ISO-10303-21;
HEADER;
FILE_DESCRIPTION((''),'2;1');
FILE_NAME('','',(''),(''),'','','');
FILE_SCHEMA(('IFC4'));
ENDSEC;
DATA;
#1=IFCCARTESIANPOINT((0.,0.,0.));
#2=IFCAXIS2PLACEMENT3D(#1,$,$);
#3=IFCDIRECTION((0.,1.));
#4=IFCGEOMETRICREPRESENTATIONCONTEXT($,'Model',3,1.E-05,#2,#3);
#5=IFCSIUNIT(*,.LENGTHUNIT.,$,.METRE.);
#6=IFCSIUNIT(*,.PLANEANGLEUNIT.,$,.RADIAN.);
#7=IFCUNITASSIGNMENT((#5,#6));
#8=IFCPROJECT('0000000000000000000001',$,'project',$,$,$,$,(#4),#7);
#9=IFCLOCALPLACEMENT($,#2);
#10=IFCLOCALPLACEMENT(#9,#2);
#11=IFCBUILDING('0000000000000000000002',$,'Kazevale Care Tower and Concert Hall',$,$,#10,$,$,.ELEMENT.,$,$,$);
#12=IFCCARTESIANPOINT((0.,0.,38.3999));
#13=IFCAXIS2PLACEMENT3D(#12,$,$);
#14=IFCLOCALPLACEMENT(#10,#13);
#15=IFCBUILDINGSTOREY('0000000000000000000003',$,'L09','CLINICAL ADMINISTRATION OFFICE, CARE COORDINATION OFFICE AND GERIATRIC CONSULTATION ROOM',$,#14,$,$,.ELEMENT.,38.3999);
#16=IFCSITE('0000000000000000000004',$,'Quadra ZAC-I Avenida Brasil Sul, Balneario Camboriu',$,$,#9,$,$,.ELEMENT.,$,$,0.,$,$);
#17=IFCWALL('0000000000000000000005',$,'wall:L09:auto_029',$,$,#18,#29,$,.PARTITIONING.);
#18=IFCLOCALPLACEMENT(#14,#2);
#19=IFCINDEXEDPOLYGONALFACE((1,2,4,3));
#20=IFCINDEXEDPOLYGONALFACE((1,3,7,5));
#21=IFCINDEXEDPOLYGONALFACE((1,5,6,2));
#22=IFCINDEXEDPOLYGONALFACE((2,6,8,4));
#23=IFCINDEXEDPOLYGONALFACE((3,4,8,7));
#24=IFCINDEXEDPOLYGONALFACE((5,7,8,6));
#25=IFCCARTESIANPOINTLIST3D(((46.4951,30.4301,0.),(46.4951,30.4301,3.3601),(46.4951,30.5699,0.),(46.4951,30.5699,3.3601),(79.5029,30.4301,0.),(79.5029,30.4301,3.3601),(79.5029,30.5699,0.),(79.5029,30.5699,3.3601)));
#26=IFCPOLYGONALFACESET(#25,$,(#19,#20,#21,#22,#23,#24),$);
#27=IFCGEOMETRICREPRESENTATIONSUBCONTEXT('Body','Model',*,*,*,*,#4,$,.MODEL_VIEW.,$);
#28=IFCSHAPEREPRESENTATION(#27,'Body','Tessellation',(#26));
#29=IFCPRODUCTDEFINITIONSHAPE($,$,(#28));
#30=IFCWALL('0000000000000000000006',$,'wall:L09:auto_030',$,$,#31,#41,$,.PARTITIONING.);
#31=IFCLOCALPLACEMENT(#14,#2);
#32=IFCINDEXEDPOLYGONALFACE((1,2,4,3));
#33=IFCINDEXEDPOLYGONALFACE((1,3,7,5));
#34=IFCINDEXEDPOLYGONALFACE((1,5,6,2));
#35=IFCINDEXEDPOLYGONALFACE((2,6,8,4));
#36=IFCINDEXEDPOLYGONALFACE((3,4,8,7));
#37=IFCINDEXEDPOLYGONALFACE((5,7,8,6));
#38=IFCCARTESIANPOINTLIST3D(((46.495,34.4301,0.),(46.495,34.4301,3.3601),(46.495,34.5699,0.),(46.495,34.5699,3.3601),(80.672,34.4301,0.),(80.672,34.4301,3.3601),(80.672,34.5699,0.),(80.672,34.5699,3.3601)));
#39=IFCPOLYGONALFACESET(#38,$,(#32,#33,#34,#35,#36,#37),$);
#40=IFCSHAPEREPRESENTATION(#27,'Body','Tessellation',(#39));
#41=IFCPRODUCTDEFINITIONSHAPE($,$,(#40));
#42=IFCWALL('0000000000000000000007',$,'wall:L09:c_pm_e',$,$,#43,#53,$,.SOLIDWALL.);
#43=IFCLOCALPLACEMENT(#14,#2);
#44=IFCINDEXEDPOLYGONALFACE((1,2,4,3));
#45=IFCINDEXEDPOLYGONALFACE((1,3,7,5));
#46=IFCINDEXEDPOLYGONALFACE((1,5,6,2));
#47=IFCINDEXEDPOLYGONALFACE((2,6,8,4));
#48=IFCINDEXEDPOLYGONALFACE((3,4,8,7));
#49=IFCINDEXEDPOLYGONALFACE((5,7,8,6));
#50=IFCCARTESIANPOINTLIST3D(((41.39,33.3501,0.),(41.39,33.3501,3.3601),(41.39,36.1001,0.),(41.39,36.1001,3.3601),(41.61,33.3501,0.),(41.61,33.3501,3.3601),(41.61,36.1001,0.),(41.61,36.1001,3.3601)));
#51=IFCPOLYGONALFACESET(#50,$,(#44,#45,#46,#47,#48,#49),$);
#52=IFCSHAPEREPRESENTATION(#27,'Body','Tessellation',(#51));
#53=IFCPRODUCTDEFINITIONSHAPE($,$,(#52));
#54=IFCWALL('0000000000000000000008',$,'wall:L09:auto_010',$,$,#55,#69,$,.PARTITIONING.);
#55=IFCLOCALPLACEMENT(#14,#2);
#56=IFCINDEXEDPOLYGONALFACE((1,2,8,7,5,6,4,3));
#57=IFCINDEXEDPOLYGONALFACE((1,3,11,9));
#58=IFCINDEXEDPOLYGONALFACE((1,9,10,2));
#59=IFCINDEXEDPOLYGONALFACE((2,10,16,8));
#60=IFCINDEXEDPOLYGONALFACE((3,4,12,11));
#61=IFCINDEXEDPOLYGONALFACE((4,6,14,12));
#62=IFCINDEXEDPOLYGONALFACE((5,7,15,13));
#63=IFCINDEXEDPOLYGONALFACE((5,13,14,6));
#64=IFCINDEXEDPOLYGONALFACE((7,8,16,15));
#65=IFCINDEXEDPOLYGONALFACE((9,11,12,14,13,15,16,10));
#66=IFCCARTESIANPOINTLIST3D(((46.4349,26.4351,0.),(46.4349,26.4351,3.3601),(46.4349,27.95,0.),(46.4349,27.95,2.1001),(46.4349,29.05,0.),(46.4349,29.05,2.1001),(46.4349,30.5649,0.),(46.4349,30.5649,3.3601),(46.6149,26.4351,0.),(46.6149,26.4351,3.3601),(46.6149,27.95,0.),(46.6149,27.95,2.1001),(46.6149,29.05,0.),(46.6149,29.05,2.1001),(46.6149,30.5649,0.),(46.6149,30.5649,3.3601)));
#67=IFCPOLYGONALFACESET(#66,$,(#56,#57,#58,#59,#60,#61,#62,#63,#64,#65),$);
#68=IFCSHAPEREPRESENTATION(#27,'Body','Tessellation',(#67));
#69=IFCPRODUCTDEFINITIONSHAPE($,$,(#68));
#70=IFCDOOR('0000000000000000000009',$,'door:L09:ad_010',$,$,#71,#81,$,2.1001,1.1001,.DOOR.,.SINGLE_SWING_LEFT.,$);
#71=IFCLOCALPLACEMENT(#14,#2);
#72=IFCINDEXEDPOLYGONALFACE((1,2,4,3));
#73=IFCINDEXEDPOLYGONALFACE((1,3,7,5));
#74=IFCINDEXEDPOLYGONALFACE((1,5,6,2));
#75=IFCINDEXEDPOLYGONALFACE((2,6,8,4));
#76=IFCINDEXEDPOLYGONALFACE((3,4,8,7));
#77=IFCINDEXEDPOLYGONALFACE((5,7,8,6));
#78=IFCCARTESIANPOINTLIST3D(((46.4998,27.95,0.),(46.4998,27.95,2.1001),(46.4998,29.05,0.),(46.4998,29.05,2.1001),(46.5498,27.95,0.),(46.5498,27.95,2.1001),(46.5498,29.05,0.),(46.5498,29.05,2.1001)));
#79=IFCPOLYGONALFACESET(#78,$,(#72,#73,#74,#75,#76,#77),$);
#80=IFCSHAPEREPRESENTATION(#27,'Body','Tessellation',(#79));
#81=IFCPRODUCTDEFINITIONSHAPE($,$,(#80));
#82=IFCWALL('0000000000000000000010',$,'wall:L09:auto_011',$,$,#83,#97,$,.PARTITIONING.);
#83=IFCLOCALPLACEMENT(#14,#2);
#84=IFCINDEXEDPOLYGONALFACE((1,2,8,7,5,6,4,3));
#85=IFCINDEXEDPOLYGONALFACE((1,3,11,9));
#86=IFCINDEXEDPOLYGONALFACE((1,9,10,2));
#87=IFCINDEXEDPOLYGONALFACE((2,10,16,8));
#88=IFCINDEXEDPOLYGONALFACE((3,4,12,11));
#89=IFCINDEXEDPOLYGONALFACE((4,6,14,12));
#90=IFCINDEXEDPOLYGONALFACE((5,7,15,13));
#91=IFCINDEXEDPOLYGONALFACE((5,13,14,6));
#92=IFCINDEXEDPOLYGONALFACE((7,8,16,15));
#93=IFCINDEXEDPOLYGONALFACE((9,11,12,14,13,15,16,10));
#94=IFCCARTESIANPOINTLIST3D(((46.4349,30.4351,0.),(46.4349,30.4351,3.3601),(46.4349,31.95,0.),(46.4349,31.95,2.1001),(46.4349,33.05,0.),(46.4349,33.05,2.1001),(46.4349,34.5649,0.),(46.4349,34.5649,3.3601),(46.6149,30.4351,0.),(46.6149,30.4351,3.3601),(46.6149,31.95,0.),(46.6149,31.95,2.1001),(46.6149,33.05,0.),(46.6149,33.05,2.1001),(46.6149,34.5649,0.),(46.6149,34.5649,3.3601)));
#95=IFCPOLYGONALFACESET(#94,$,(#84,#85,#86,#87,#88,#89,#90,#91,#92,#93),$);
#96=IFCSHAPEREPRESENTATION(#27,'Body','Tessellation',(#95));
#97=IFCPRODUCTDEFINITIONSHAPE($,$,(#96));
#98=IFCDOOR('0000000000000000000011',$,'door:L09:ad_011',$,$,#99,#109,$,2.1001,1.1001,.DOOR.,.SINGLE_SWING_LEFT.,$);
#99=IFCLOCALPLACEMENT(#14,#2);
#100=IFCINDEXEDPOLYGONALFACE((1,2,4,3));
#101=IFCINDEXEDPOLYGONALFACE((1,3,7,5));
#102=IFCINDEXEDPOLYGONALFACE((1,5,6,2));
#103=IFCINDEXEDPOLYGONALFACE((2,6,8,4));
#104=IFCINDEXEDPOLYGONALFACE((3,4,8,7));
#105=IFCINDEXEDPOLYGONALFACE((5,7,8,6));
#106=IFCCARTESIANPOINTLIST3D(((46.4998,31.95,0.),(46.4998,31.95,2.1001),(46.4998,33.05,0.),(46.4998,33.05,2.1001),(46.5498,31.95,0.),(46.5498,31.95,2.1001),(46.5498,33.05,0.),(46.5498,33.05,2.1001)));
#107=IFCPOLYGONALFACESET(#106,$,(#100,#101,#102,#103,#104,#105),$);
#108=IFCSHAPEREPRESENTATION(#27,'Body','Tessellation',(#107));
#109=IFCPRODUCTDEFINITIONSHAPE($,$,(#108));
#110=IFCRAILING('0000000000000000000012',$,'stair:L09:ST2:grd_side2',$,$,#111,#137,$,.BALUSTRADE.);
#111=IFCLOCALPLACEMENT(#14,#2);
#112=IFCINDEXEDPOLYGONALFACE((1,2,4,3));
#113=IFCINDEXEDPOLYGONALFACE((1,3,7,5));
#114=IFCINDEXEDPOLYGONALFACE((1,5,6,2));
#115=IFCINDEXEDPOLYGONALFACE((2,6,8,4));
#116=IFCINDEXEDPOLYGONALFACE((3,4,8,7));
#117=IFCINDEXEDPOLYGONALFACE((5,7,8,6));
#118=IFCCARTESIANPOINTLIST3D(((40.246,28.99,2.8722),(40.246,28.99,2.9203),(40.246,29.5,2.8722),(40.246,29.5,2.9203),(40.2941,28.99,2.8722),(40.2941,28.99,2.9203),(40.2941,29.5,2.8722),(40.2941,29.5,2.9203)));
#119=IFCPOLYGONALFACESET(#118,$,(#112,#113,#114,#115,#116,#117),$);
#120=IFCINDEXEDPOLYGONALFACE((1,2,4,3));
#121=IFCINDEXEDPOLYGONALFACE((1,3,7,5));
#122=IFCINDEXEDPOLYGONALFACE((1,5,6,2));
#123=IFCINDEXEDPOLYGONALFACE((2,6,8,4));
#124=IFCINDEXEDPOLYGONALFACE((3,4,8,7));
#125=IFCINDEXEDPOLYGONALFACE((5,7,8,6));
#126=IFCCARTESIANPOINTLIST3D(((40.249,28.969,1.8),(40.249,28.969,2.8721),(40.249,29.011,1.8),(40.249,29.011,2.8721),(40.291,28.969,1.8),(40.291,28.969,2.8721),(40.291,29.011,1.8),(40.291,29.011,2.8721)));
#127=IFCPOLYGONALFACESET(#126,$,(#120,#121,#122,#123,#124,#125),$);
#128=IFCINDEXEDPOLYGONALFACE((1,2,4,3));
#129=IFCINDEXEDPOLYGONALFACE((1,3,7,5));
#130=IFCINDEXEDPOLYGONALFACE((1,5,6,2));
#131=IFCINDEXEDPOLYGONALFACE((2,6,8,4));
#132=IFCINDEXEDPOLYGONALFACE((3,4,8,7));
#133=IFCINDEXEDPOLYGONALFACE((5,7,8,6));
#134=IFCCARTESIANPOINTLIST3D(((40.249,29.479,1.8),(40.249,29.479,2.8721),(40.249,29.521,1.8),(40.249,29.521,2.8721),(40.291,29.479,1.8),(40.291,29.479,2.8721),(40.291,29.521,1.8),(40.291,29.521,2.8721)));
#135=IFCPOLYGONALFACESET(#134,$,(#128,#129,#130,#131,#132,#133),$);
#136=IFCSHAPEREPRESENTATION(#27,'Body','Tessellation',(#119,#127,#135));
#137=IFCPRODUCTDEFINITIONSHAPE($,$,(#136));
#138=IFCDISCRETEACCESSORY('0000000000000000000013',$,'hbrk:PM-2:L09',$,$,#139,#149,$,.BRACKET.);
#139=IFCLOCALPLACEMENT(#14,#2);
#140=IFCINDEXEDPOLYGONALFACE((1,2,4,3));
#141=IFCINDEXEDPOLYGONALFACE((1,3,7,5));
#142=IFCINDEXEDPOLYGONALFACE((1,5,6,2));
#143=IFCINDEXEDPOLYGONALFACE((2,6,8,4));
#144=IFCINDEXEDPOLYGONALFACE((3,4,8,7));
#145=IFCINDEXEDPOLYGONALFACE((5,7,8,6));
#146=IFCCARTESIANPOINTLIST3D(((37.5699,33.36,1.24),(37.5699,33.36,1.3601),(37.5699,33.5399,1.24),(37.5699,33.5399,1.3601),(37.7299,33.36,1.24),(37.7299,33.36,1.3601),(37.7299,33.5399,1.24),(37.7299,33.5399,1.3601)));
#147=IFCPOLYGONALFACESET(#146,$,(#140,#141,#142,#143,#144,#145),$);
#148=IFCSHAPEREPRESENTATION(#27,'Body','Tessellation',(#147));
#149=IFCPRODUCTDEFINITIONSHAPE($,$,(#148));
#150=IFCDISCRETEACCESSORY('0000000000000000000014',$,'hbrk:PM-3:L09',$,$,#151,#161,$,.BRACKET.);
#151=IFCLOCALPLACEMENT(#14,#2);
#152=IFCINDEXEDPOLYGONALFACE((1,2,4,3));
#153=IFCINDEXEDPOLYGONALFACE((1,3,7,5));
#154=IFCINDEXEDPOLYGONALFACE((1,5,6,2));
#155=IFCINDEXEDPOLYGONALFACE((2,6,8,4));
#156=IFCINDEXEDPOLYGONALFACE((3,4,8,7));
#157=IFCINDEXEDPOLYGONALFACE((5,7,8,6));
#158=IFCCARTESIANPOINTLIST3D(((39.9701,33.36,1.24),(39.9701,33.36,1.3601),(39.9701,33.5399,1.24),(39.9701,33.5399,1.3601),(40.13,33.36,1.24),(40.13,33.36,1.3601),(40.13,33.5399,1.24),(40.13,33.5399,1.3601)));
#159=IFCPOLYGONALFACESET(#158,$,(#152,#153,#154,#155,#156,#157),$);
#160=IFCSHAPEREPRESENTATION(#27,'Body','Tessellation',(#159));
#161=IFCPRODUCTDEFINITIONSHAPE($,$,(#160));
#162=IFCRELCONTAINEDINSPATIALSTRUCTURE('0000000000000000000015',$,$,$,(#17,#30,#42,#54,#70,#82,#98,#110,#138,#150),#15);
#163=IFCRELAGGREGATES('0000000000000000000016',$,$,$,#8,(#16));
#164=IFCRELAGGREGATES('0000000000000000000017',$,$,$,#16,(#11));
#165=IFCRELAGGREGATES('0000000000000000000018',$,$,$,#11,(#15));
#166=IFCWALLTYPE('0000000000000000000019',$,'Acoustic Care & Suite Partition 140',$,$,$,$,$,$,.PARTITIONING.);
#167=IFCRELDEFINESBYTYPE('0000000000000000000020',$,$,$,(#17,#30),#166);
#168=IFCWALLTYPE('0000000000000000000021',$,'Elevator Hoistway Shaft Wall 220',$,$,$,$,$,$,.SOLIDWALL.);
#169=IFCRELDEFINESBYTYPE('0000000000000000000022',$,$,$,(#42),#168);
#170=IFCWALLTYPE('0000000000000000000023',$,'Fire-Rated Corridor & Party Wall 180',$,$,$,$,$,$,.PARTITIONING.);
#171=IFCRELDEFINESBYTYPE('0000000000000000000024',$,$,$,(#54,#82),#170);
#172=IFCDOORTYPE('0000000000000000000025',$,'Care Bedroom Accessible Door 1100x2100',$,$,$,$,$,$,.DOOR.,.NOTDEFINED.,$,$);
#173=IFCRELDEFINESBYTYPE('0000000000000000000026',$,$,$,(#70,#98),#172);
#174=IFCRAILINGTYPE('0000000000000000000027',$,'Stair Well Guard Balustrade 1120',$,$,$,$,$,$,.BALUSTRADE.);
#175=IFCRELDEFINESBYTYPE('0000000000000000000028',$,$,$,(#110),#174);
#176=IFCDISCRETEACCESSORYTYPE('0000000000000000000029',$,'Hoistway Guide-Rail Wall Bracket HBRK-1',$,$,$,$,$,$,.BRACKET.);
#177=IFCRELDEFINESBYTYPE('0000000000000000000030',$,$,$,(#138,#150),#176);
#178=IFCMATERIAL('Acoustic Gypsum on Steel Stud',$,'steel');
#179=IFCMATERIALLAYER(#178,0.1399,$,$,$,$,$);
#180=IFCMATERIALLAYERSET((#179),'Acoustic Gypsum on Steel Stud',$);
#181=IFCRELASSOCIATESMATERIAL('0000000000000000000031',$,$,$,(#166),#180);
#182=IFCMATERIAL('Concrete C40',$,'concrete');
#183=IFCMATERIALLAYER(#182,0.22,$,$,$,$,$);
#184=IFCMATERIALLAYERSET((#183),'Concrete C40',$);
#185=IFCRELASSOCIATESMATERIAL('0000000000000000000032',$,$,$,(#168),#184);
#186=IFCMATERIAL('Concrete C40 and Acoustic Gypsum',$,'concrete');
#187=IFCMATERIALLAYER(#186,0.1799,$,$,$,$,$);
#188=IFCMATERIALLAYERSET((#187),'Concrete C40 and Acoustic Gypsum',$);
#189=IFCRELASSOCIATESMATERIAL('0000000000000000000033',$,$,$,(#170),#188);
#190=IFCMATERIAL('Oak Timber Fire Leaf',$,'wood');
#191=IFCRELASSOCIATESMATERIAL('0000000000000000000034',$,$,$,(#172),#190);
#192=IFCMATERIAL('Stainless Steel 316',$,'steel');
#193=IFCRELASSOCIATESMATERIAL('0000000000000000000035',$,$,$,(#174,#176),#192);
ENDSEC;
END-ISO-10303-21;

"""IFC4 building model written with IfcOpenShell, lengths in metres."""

from ifc_helpers import new_model, si_unit, direction, frame, frame_2d, origin, origin_2d, place, context, subcontext, project, spatial, rectangle, extrude, material, layer, layer_set, type_object, element, fill, save


model = new_model("IFC4")

# Units and contexts
model_context = context("Model", 3, precision=1e-05, world=origin(), true_north=direction((0.0, 1.0)))
body_context = subcontext(model_context, "Body", "Model", "MODEL_VIEW")
ifc_project = project(units=[si_unit("LENGTHUNIT", "METRE"), si_unit("PLANEANGLEUNIT", "RADIAN")], contexts=[model_context])

# Site, building, storey
site_placement = place(None, origin())
site = spatial("IfcSite", under=ifc_project, at=site_placement, Name="Quadra ZAC-I Avenida Brasil Sul, Balneario Camboriu", CompositionType="ELEMENT", RefElevation=0.0)
building_placement = place(site_placement, origin())
building = spatial("IfcBuilding", under=site, at=building_placement, Name="Kazevale Care Tower and Concert Hall", CompositionType="ELEMENT")
storey_placement = place(building_placement, frame((0.0, 0.0, 38.3999)))
storey = spatial("IfcBuildingStorey", under=building, at=storey_placement, Name="L09", Description="CLINICAL ADMINISTRATION OFFICE, CARE COORDINATION OFFICE AND GERIATRIC CONSULTATION ROOM", CompositionType="ELEMENT", Elevation=38.3999)

# Shared definitions
ifc_material_1 = material(Name="Acoustic Gypsum on Steel Stud", Category="steel")
ifc_layer_1 = layer(ifc_material_1, 0.1399)
ifc_layer_set_1 = layer_set([ifc_layer_1], Name="Acoustic Gypsum on Steel Stud")
wall_type_1 = type_object("IfcWallType", Name="Acoustic Care & Suite Partition 140", PredefinedType="PARTITIONING", material=ifc_layer_set_1)

# Shared definitions
ifc_material_2 = material(Name="Oak Timber Fire Leaf", Category="wood")

# Walls
wall_1_placement = place(storey_placement, frame((46.4951, 30.5, 0.0), z_axis=(0.0, 0.0, 1.0), x_axis=(1.0, 0.0, 0.0)))
element("IfcWall", 1, at=wall_1_placement, inside=storey, type_object=wall_type_1, Name="wall:L09:auto_029", PredefinedType="PARTITIONING", context=body_context, shape_type="SweptSolid", body=[
    extrude(rectangle(XDim=33.0078, YDim=0.1399, at=frame_2d((16.5039, 0.0))), origin(), (0.0, 0.0, 1.0), 3.3601),
])
wall_2_placement = place(storey_placement, frame((46.4951, 34.5, 0.0), z_axis=(0.0, 0.0, 1.0), x_axis=(1.0, 0.0, 0.0)))
element("IfcWall", 2, at=wall_2_placement, inside=storey, type_object=wall_type_1, Name="wall:L09:auto_030", PredefinedType="PARTITIONING", context=body_context, shape_type="SweptSolid", body=[
    extrude(rectangle(XDim=34.177, YDim=0.1399, at=frame_2d((17.0884, 0.0))), origin(), (0.0, 0.0, 1.0), 3.3601),
])
ifc_material_3 = material(Name="Concrete C40", Category="concrete")
ifc_layer_2 = layer(ifc_material_3, 0.22)
ifc_layer_set_2 = layer_set([ifc_layer_2], Name="Concrete C40")
wall_type_2 = type_object("IfcWallType", Name="Elevator Hoistway Shaft Wall 220", PredefinedType="SOLIDWALL", material=ifc_layer_set_2)
wall_3_placement = place(storey_placement, frame((41.5, 33.3501, 0.0), z_axis=(0.0, 0.0, 1.0), x_axis=(0.0, 1.0, 0.0)))
element("IfcWall", 3, at=wall_3_placement, inside=storey, type_object=wall_type_2, Name="wall:L09:c_pm_e", PredefinedType="SOLIDWALL", context=body_context, shape_type="SweptSolid", body=[
    extrude(rectangle(XDim=2.75, YDim=0.22, at=frame_2d((1.375, 0.0))), origin(), (0.0, 0.0, 1.0), 3.3601),
])

# Walls, openings, doors
ifc_material_4 = material(Name="Concrete C40 and Acoustic Gypsum", Category="concrete")
ifc_layer_3 = layer(ifc_material_4, 0.1799)
ifc_layer_set_3 = layer_set([ifc_layer_3], Name="Concrete C40 and Acoustic Gypsum")
wall_type_3 = type_object("IfcWallType", Name="Fire-Rated Corridor & Party Wall 180", PredefinedType="PARTITIONING", material=ifc_layer_set_3)
wall_4_placement = place(storey_placement, frame((46.5249, 30.5649, 0.0), z_axis=(0.0, 0.0, 1.0), x_axis=(0.0, -1.0, 0.0)))
wall_4 = element("IfcWall", 4, at=wall_4_placement, inside=storey, type_object=wall_type_3, Name="wall:L09:auto_010", PredefinedType="PARTITIONING", context=body_context, shape_type="SweptSolid", body=[
    extrude(rectangle(XDim=4.1299, YDim=0.1799, at=frame_2d((2.0649, 0.0))), origin(), (0.0, 0.0, 1.0), 3.3601),
])
opening_1_placement = place(wall_4_placement, frame((1.5149, 0.0, 0.0)))
opening_1 = element("IfcOpeningElement", 5, at=opening_1_placement, cuts=wall_4, PredefinedType="OPENING", context=body_context, shape_type="SweptSolid", body=[
    extrude(rectangle(XDim=1.1001, YDim=2.1001, at=frame_2d((0.55, 1.05))), frame((0.0, 0.0999, 0.0), z_axis=(0.0, -1.0, 0.0), x_axis=(1.0, 0.0, 0.0)), (0.0, 0.0, 1.0), 0.2),
])
door_type_1 = type_object("IfcDoorType", Name="Care Bedroom Accessible Door 1100x2100", OperationType="NOTDEFINED", PredefinedType="DOOR", material=ifc_material_2)
door_1_placement = place(opening_1_placement, origin())
door_1 = element("IfcDoor", 6, at=door_1_placement, inside=storey, type_object=door_type_1, Name="door:L09:ad_010", OperationType="SINGLE_SWING_LEFT", OverallHeight=2.1001, OverallWidth=1.1001, PredefinedType="DOOR", context=body_context, shape_type="SweptSolid", body=[
    extrude(rectangle(XDim=1.1001, YDim=2.1001, at=frame_2d((0.55, 1.05))), frame((0.0, 0.0249, 0.0), z_axis=(0.0, -1.0, 0.0), x_axis=(1.0, 0.0, 0.0)), (0.0, 0.0, 1.0), 0.05),
])
fill(opening_1, door_1)
wall_5_placement = place(storey_placement, frame((46.5249, 34.5649, 0.0), z_axis=(0.0, 0.0, 1.0), x_axis=(0.0, -1.0, 0.0)))
wall_5 = element("IfcWall", 7, at=wall_5_placement, inside=storey, type_object=wall_type_3, Name="wall:L09:auto_011", PredefinedType="PARTITIONING", context=body_context, shape_type="SweptSolid", body=[
    extrude(rectangle(XDim=4.1299, YDim=0.1799, at=frame_2d((2.0649, 0.0))), origin(), (0.0, 0.0, 1.0), 3.3601),
])
opening_2_placement = place(wall_5_placement, frame((1.5149, 0.0, 0.0)))
opening_2 = element("IfcOpeningElement", 8, at=opening_2_placement, cuts=wall_5, PredefinedType="OPENING", context=body_context, shape_type="SweptSolid", body=[
    extrude(rectangle(XDim=1.1001, YDim=2.1001, at=frame_2d((0.55, 1.05))), frame((0.0, 0.0999, 0.0), z_axis=(0.0, -1.0, 0.0), x_axis=(1.0, 0.0, 0.0)), (0.0, 0.0, 1.0), 0.2),
])
door_2_placement = place(opening_2_placement, origin())
door_2 = element("IfcDoor", 9, at=door_2_placement, inside=storey, type_object=door_type_1, Name="door:L09:ad_011", OperationType="SINGLE_SWING_LEFT", OverallHeight=2.1001, OverallWidth=1.1001, PredefinedType="DOOR", context=body_context, shape_type="SweptSolid", body=[
    extrude(rectangle(XDim=1.1001, YDim=2.1001, at=frame_2d((0.55, 1.05))), frame((0.0, 0.0249, 0.0), z_axis=(0.0, -1.0, 0.0), x_axis=(1.0, 0.0, 0.0)), (0.0, 0.0, 1.0), 0.05),
])
fill(opening_2, door_2)

# Railing
ifc_material_5 = material(Name="Stainless Steel 316", Category="steel")
railing_type = type_object("IfcRailingType", Name="Stair Well Guard Balustrade 1120", PredefinedType="BALUSTRADE", material=ifc_material_5)
railing_placement = place(storey_placement, frame((40.27, 28.99, 1.8)))
element("IfcRailing", 10, at=railing_placement, inside=storey, type_object=railing_type, Name="stair:L09:ST2:grd_side2", PredefinedType="BALUSTRADE", context=body_context, shape_type="SweptSolid", body=[
    extrude(rectangle(XDim=0.0481, YDim=0.0481, at=origin_2d()), frame((0.0, 0.0, 1.0962), z_axis=(0.0, 1.0, 0.0), x_axis=(-1.0, 0.0, 0.0)), (0.0, 0.0, 1.0), 0.51),
    extrude(rectangle(XDim=0.042, YDim=0.042, at=origin_2d()), origin(), (0.0, 0.0, 1.0), 1.072),
    extrude(rectangle(XDim=0.042, YDim=0.042, at=origin_2d()), frame((0.0, 0.51, 0.0)), (0.0, 0.0, 1.0), 1.072),
])

# Discrete accessories
discrete_accessory_type = type_object("IfcDiscreteAccessoryType", Name="Hoistway Guide-Rail Wall Bracket HBRK-1", PredefinedType="BRACKET", material=ifc_material_5)
for number, where, z_axis, x_axis, name in (
    (11, (37.6499, 33.45, 1.24), (0.0, 0.0, 1.0), (1.0, 0.0, 0.0), "hbrk:PM-2:L09"),
    (12, (40.05, 33.45, 1.24), (0.0, 0.0, 1.0), (1.0, 0.0, 0.0), "hbrk:PM-3:L09"),
):
    element("IfcDiscreteAccessory", number, at=place(storey_placement, frame(where, z_axis=z_axis, x_axis=x_axis)), inside=storey, type_object=discrete_accessory_type, Name=name, PredefinedType="BRACKET", context=body_context, shape_type="SweptSolid", body=[
        extrude(rectangle(XDim=0.1599, YDim=0.1799, at=origin_2d()), origin(), (0.0, 0.0, 1.0), 0.1201),
    ])

save(model, "model.ifc")
